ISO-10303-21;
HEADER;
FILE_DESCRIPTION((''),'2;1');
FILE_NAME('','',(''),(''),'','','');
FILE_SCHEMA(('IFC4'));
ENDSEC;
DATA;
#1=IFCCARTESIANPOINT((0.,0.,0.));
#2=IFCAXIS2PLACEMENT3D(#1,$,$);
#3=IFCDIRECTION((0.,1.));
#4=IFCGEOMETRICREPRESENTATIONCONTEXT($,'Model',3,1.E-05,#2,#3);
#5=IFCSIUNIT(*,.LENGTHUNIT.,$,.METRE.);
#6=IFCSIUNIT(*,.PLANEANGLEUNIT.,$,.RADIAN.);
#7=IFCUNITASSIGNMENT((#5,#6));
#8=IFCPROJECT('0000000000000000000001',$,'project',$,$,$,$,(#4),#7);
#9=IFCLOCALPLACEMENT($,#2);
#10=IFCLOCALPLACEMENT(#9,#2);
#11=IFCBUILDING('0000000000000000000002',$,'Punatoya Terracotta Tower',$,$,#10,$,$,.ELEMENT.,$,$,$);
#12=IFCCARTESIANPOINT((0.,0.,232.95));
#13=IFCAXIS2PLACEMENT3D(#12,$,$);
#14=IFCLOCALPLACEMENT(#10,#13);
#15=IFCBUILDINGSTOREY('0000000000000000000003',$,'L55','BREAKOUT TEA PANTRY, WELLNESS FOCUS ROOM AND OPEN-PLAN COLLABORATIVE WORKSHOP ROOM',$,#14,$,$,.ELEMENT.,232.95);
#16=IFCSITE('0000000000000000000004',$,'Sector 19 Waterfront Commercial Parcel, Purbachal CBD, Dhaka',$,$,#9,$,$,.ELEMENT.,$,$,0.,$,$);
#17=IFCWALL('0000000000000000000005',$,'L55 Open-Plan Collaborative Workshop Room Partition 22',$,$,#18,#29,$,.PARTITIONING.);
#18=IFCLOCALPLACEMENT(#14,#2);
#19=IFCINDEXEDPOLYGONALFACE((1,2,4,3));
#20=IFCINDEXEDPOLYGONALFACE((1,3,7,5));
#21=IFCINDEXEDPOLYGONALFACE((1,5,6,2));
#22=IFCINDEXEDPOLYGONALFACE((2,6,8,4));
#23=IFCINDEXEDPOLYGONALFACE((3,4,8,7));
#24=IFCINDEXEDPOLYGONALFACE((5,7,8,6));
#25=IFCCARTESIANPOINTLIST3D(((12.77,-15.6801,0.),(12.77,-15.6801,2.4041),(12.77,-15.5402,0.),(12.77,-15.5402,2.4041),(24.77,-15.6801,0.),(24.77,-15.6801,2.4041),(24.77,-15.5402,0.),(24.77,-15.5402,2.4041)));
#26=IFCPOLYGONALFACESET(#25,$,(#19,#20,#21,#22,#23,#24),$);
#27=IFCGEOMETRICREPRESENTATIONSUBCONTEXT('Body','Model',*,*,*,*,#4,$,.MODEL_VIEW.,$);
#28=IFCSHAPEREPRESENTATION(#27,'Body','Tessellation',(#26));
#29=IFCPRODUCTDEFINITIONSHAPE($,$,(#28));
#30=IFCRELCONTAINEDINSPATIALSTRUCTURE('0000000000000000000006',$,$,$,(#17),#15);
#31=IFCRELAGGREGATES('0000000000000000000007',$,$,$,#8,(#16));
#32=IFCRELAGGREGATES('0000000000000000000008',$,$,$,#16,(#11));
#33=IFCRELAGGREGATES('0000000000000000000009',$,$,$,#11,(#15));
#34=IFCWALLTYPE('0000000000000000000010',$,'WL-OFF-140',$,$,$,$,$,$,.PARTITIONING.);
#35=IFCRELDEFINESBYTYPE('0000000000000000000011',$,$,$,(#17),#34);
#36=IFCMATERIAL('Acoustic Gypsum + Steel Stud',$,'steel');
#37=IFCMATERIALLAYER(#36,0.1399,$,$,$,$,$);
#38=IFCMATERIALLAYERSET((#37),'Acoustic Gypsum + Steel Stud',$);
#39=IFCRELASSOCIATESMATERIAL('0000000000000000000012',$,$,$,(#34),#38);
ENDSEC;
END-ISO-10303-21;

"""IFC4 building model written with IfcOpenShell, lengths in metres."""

from ifc_helpers import new_model, si_unit, direction, frame, frame_2d, origin, place, context, subcontext, project, spatial, rectangle, extrude, material, layer, layer_set, type_object, element, save


model = new_model("IFC4")

# Units and contexts
model_context = context("Model", 3, precision=1e-05, world=origin(), true_north=direction((0.0, 1.0)))
body_context = subcontext(model_context, "Body", "Model", "MODEL_VIEW")
ifc_project = project(units=[si_unit("LENGTHUNIT", "METRE"), si_unit("PLANEANGLEUNIT", "RADIAN")], contexts=[model_context])

# Site, building, storey
site_placement = place(None, origin())
site = spatial("IfcSite", under=ifc_project, at=site_placement, Name="Sector 19 Waterfront Commercial Parcel, Purbachal CBD, Dhaka", CompositionType="ELEMENT", RefElevation=0.0)
building_placement = place(site_placement, origin())
building = spatial("IfcBuilding", under=site, at=building_placement, Name="Punatoya Terracotta Tower", CompositionType="ELEMENT")
storey_placement = place(building_placement, frame((0.0, 0.0, 232.95)))
storey = spatial("IfcBuildingStorey", under=building, at=storey_placement, Name="L55", Description="BREAKOUT TEA PANTRY, WELLNESS FOCUS ROOM AND OPEN-PLAN COLLABORATIVE WORKSHOP ROOM", CompositionType="ELEMENT", Elevation=232.95)

# Wall
ifc_material_1 = material(Name="Acoustic Gypsum + Steel Stud", Category="steel")
ifc_layer_1 = layer(ifc_material_1, 0.1399)
ifc_layer_set_1 = layer_set([ifc_layer_1], Name="Acoustic Gypsum + Steel Stud")
wall_type_1 = type_object("IfcWallType", Name="WL-OFF-140", PredefinedType="PARTITIONING", material=ifc_layer_set_1)
wall_1_placement = place(storey_placement, frame((12.77, -15.6101, 0.0), z_axis=(0.0, 0.0, 1.0), x_axis=(1.0, 0.0, 0.0)))
element("IfcWall", 1, at=wall_1_placement, inside=storey, type_object=wall_type_1, Name="L55 Open-Plan Collaborative Workshop Room Partition 22", PredefinedType="PARTITIONING", context=body_context, shape_type="SweptSolid", body=[
    extrude(rectangle(XDim=12.0, YDim=0.1399, at=frame_2d((6.0, 0.0))), origin(), (0.0, 0.0, 1.0), 2.4041),
])

save(model, "model.ifc")
